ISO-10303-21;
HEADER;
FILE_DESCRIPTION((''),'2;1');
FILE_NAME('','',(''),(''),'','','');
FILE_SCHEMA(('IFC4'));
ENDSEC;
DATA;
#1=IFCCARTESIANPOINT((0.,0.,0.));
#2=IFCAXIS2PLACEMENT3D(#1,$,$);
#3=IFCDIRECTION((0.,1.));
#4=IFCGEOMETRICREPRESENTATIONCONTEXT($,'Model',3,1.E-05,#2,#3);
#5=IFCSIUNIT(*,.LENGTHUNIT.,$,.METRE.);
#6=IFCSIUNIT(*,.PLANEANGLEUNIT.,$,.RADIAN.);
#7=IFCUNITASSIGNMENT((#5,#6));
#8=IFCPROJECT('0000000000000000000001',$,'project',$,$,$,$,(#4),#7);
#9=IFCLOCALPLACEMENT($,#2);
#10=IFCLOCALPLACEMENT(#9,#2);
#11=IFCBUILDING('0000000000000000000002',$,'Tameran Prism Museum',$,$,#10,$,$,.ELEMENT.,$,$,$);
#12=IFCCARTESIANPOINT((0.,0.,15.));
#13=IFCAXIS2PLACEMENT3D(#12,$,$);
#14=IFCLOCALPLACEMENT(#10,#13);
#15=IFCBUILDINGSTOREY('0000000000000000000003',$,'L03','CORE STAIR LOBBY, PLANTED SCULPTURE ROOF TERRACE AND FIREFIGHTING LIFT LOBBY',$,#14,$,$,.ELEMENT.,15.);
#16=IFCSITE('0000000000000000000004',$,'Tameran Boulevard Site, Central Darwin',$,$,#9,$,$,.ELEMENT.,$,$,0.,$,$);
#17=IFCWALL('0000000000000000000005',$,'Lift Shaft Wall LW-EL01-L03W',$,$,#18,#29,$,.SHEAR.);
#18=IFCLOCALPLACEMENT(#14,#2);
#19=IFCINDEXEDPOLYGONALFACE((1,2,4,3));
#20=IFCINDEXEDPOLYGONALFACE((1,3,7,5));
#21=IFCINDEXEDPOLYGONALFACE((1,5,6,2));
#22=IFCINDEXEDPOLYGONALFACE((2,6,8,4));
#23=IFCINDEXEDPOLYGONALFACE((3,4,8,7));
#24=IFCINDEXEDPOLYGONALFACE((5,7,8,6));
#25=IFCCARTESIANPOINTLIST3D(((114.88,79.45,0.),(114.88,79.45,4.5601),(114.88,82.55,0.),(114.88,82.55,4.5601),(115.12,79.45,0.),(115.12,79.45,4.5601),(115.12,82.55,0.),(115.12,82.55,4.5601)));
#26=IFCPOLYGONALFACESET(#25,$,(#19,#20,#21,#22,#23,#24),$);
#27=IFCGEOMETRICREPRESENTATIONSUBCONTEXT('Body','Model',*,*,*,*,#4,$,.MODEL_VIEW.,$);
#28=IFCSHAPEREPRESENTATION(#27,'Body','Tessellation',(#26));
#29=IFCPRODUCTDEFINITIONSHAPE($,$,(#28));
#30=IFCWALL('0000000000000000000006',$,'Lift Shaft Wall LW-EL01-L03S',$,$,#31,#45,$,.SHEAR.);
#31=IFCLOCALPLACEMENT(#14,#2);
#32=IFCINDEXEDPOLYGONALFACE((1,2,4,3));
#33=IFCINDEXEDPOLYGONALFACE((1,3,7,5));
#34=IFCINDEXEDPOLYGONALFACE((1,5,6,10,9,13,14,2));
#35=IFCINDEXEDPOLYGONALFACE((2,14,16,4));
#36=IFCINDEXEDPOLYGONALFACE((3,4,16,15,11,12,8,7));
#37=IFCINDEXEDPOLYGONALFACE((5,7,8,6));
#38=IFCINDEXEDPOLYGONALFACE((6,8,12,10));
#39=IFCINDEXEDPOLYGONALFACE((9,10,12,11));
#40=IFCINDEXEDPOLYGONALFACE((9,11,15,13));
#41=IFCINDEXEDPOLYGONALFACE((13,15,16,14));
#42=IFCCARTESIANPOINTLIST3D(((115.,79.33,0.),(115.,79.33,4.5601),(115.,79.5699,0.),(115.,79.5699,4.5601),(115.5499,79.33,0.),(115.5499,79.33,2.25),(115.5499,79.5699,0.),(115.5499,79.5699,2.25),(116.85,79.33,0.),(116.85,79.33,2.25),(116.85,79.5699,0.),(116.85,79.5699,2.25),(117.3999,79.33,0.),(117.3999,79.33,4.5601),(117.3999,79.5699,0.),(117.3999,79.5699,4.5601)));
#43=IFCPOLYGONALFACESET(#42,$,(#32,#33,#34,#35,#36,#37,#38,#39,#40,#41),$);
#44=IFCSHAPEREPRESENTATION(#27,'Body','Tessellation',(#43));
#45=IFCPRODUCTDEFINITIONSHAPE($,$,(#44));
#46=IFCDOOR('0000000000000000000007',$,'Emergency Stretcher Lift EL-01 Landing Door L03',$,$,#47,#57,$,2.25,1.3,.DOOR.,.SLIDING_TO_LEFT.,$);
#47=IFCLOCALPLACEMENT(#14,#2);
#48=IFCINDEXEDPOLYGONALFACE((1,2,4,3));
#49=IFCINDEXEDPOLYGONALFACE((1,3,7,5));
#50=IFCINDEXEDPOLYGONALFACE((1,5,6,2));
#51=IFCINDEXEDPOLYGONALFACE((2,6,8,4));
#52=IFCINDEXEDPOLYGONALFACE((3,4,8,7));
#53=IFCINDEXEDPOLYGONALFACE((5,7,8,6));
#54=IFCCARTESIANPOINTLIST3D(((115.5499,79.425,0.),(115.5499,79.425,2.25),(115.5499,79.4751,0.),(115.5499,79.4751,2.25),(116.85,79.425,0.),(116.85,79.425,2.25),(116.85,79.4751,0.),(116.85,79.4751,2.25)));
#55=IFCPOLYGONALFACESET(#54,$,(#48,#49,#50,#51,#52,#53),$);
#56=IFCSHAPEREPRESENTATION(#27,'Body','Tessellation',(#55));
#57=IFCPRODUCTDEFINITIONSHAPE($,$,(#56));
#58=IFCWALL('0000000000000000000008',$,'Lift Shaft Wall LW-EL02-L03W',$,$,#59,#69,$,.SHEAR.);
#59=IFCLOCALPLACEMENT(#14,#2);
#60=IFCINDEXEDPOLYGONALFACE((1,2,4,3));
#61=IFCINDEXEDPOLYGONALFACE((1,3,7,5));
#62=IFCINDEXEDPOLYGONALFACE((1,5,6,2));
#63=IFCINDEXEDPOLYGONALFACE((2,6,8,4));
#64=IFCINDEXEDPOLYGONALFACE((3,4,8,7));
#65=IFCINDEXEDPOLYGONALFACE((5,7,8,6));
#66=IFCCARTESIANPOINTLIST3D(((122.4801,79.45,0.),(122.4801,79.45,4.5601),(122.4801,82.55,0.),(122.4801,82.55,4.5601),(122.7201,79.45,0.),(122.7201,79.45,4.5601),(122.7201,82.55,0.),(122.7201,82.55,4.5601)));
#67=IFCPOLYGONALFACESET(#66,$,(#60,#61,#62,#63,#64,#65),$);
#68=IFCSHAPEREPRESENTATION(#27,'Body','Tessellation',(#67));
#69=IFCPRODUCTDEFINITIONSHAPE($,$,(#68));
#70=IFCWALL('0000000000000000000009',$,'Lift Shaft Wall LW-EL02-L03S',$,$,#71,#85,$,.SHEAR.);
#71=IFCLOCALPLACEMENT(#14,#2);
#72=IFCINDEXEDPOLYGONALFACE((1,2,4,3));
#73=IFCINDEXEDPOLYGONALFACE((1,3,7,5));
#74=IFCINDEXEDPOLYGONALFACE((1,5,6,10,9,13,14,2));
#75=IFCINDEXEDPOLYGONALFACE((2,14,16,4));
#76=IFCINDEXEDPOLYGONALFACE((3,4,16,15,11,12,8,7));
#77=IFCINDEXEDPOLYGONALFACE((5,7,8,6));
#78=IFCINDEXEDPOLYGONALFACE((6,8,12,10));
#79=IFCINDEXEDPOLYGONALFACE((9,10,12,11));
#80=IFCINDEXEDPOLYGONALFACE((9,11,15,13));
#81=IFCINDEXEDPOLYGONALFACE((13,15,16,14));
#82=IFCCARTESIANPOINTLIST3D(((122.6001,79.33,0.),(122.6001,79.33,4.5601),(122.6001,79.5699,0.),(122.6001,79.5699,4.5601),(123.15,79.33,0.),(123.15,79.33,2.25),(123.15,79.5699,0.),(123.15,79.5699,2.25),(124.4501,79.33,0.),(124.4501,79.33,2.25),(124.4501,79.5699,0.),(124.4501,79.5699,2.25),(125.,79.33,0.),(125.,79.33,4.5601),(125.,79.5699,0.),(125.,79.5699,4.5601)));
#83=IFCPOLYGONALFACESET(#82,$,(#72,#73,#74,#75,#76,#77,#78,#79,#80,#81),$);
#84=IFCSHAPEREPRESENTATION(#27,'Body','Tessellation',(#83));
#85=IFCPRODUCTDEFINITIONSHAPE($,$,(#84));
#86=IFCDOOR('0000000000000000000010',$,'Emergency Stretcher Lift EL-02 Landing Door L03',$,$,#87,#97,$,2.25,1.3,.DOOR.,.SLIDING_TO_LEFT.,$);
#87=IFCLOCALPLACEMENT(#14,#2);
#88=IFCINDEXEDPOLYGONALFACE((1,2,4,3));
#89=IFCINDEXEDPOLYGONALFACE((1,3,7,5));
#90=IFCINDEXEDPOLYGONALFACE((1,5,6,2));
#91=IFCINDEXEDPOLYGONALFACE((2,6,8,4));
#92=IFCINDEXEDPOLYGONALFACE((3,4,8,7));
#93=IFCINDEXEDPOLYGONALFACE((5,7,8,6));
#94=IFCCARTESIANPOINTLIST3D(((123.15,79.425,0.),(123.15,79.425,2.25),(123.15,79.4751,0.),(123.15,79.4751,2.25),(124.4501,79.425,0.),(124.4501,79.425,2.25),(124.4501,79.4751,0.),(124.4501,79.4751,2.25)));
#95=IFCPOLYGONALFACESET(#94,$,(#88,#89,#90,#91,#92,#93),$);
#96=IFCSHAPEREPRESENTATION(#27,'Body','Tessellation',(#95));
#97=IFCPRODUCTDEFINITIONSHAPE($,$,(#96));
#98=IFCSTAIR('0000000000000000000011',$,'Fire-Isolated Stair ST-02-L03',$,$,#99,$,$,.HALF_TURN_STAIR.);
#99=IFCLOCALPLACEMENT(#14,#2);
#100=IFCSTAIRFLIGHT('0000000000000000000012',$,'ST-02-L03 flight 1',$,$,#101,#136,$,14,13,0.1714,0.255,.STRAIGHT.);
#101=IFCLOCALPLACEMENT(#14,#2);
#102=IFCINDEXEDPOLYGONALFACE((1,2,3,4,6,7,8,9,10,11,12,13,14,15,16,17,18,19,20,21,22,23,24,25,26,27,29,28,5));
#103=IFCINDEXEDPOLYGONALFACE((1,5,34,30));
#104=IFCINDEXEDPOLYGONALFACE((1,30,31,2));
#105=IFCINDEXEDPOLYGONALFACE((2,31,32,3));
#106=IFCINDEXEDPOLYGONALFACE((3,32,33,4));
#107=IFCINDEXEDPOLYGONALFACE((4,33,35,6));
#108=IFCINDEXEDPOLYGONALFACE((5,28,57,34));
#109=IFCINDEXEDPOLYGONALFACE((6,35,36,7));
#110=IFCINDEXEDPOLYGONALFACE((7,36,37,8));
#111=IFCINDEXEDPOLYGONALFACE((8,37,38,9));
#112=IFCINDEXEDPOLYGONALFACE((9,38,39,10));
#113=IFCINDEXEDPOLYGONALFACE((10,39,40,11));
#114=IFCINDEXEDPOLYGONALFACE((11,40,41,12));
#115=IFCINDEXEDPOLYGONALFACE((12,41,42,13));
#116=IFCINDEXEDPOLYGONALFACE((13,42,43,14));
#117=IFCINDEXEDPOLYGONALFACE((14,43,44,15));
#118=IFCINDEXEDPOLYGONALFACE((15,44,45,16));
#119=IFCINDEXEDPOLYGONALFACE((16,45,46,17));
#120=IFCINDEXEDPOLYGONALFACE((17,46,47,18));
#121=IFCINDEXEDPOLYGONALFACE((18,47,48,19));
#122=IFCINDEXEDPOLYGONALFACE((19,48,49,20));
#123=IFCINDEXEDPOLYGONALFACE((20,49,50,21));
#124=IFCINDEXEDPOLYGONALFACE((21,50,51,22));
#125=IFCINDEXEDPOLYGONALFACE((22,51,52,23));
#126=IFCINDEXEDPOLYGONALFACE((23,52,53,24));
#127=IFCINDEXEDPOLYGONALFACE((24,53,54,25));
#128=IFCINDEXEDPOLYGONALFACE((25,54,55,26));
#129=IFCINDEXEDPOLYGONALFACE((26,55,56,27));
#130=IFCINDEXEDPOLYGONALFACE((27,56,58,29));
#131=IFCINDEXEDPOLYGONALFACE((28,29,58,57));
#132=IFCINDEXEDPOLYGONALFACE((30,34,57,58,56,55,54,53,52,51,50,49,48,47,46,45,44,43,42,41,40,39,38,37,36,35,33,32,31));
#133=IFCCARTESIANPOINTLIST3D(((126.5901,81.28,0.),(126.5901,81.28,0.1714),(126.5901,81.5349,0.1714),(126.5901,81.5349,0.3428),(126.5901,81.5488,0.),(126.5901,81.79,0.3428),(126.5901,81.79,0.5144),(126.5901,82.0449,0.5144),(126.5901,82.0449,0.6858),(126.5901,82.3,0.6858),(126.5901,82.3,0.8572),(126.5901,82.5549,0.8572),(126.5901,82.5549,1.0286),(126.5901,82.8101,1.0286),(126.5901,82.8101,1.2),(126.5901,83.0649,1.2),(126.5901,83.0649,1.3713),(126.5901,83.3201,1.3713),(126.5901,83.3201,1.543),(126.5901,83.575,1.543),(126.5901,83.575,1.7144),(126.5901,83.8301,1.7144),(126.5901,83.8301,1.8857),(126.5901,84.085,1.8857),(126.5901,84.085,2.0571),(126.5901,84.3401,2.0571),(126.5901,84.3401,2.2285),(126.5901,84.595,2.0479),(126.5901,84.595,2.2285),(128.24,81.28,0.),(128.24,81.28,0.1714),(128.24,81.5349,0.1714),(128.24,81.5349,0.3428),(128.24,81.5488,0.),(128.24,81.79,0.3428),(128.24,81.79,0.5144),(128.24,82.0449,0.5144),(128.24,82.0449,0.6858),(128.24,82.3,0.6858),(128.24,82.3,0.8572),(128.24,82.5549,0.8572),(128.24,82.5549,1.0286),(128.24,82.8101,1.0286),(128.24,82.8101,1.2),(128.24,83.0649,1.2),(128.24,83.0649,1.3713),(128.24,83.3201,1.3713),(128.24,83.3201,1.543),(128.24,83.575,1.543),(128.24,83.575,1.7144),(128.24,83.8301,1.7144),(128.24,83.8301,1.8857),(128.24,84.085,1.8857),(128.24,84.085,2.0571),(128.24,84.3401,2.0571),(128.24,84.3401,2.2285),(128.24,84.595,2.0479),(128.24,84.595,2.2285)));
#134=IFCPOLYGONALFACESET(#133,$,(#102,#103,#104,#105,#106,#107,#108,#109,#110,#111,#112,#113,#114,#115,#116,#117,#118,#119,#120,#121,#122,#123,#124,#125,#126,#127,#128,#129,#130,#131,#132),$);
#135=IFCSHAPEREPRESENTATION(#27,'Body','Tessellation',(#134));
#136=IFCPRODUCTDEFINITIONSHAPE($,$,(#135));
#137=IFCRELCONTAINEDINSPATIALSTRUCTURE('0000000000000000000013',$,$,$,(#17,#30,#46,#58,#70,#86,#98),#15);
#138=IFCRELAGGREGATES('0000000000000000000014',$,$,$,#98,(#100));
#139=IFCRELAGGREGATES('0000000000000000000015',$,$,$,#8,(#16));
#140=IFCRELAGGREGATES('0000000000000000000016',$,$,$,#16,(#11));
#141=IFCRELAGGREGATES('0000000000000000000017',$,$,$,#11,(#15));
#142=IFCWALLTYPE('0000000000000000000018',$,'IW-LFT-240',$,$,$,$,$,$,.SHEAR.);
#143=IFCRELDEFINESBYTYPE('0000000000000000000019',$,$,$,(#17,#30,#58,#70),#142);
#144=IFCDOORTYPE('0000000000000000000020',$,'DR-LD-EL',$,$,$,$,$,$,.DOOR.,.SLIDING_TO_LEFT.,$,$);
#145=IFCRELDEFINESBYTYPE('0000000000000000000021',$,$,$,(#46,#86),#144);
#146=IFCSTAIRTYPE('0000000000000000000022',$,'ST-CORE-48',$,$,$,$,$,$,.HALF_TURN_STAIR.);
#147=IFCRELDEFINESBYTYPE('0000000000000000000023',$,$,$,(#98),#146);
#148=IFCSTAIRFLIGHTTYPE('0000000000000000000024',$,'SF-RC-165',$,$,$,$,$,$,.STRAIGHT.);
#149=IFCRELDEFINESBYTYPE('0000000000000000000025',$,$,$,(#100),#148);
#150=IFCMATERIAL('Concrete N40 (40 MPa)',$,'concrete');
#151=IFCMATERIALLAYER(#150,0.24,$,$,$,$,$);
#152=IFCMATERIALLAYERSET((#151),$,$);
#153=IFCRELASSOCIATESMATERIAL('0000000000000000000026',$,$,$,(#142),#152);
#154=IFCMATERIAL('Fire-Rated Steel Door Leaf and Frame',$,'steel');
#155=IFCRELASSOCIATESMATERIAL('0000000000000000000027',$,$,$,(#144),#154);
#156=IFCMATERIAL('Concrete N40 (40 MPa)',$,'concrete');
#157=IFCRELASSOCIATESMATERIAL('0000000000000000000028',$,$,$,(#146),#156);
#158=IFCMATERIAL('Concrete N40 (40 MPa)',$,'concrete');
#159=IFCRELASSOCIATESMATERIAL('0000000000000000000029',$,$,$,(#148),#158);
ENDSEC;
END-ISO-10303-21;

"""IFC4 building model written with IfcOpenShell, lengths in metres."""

from ifc_helpers import new_model, si_unit, direction, frame, frame_2d, origin, place, context, subcontext, project, spatial, polyline, rectangle, outline, extrude, material, layer, layer_set, type_object, element, fill, aggregate, save


model = new_model("IFC4")

# Units and contexts
model_context = context("Model", 3, precision=1e-05, world=origin(), true_north=direction((0.0, 1.0)))
body_context = subcontext(model_context, "Body", "Model", "MODEL_VIEW")
ifc_project = project(units=[si_unit("LENGTHUNIT", "METRE"), si_unit("PLANEANGLEUNIT", "RADIAN")], contexts=[model_context])

# Site, building, storey
site_placement = place(None, origin())
site = spatial("IfcSite", under=ifc_project, at=site_placement, Name="Tameran Boulevard Site, Central Darwin", CompositionType="ELEMENT", RefElevation=0.0)
building_placement = place(site_placement, origin())
building = spatial("IfcBuilding", under=site, at=building_placement, Name="Tameran Prism Museum", CompositionType="ELEMENT")
storey_placement = place(building_placement, frame((0.0, 0.0, 15.0)))
storey = spatial("IfcBuildingStorey", under=building, at=storey_placement, Name="L03", Description="CORE STAIR LOBBY, PLANTED SCULPTURE ROOF TERRACE AND FIREFIGHTING LIFT LOBBY", CompositionType="ELEMENT", Elevation=15.0)

# Wall
ifc_material_1 = material(Name="Concrete N40 (40 MPa)", Category="concrete")
ifc_layer_1 = layer(ifc_material_1, 0.24)
ifc_layer_set_1 = layer_set([ifc_layer_1])
wall_type_1 = type_object("IfcWallType", Name="IW-LFT-240", PredefinedType="SHEAR", material=ifc_layer_set_1)
for number, where, z_axis, x_axis, name in (
    (1, (115.0, 79.45, 0.0), (0.0, 0.0, 1.0), (0.0, 1.0, 0.0), "Lift Shaft Wall LW-EL01-L03W"),
):
    element("IfcWall", number, at=place(storey_placement, frame(where, z_axis=z_axis, x_axis=x_axis)), inside=storey, type_object=wall_type_1, Name=name, PredefinedType="SHEAR", context=body_context, shape_type="SweptSolid", body=[
        extrude(rectangle(XDim=3.1001, YDim=0.24, at=frame_2d((1.55, 0.0))), origin(), (0.0, 0.0, 1.0), 4.5601),
    ])

# Wall, opening, door
wall_1_placement = place(storey_placement, frame((117.3999, 79.45, 0.0), z_axis=(0.0, 0.0, 1.0), x_axis=(-1.0, 0.0, 0.0)))
wall_1 = element("IfcWall", 2, at=wall_1_placement, inside=storey, type_object=wall_type_1, Name="Lift Shaft Wall LW-EL01-L03S", PredefinedType="SHEAR", context=body_context, shape_type="SweptSolid", body=[
    extrude(rectangle(XDim=2.3999, YDim=0.24, at=frame_2d((1.2, 0.0))), origin(), (0.0, 0.0, 1.0), 4.5601),
])
opening_1_placement = place(wall_1_placement, frame((0.55, 0.0, 0.0)))
opening_1 = element("IfcOpeningElement", 3, at=opening_1_placement, cuts=wall_1, PredefinedType="OPENING", context=body_context, shape_type="SweptSolid", body=[
    extrude(rectangle(XDim=1.3, YDim=2.25, at=frame_2d((0.6499, 1.125))), frame((0.0, 0.1299, 0.0), z_axis=(0.0, -1.0, 0.0), x_axis=(1.0, 0.0, 0.0)), (0.0, 0.0, 1.0), 0.26),
])
ifc_material_2 = material(Name="Fire-Rated Steel Door Leaf and Frame", Category="steel")
door_type_1 = type_object("IfcDoorType", Name="DR-LD-EL", OperationType="SLIDING_TO_LEFT", PredefinedType="DOOR", material=ifc_material_2)
door_1_placement = place(opening_1_placement, origin())
door_1 = element("IfcDoor", 4, at=door_1_placement, inside=storey, type_object=door_type_1, Name="Emergency Stretcher Lift EL-01 Landing Door L03", OperationType="SLIDING_TO_LEFT", OverallHeight=2.25, OverallWidth=1.3, PredefinedType="DOOR", context=body_context, shape_type="SweptSolid", body=[
    extrude(rectangle(XDim=1.3, YDim=2.25, at=frame_2d((0.6499, 1.125))), frame((0.0, 0.0249, 0.0), z_axis=(0.0, -1.0, 0.0), x_axis=(1.0, 0.0, 0.0)), (0.0, 0.0, 1.0), 0.05),
])
fill(opening_1, door_1)

# Wall
wall_2_placement = place(storey_placement, frame((122.6001, 79.45, 0.0), z_axis=(0.0, 0.0, 1.0), x_axis=(0.0, 1.0, 0.0)))
element("IfcWall", 5, at=wall_2_placement, inside=storey, type_object=wall_type_1, Name="Lift Shaft Wall LW-EL02-L03W", PredefinedType="SHEAR", context=body_context, shape_type="SweptSolid", body=[
    extrude(rectangle(XDim=3.1001, YDim=0.24, at=frame_2d((1.55, 0.0))), origin(), (0.0, 0.0, 1.0), 4.5601),
])

# Wall, opening, door
wall_3_placement = place(storey_placement, frame((125.0, 79.45, 0.0), z_axis=(0.0, 0.0, 1.0), x_axis=(-1.0, 0.0, 0.0)))
wall_3 = element("IfcWall", 6, at=wall_3_placement, inside=storey, type_object=wall_type_1, Name="Lift Shaft Wall LW-EL02-L03S", PredefinedType="SHEAR", context=body_context, shape_type="SweptSolid", body=[
    extrude(rectangle(XDim=2.3999, YDim=0.24, at=frame_2d((1.2, 0.0))), origin(), (0.0, 0.0, 1.0), 4.5601),
])
opening_2_placement = place(wall_3_placement, frame((0.55, 0.0, 0.0)))
opening_2 = element("IfcOpeningElement", 7, at=opening_2_placement, cuts=wall_3, PredefinedType="OPENING", context=body_context, shape_type="SweptSolid", body=[
    extrude(rectangle(XDim=1.3, YDim=2.25, at=frame_2d((0.6499, 1.125))), frame((0.0, 0.1299, 0.0), z_axis=(0.0, -1.0, 0.0), x_axis=(1.0, 0.0, 0.0)), (0.0, 0.0, 1.0), 0.26),
])
door_2_placement = place(opening_2_placement, origin())
door_2 = element("IfcDoor", 8, at=door_2_placement, inside=storey, type_object=door_type_1, Name="Emergency Stretcher Lift EL-02 Landing Door L03", OperationType="SLIDING_TO_LEFT", OverallHeight=2.25, OverallWidth=1.3, PredefinedType="DOOR", context=body_context, shape_type="SweptSolid", body=[
    extrude(rectangle(XDim=1.3, YDim=2.25, at=frame_2d((0.6499, 1.125))), frame((0.0, 0.0249, 0.0), z_axis=(0.0, -1.0, 0.0), x_axis=(1.0, 0.0, 0.0)), (0.0, 0.0, 1.0), 0.05),
])
fill(opening_2, door_2)

# Stair, stair flight
ifc_material_3 = material(Name="Concrete N40 (40 MPa)", Category="concrete")
stair_type = type_object("IfcStairType", Name="ST-CORE-48", PredefinedType="HALF_TURN_STAIR", material=ifc_material_3)
stair_placement = place(storey_placement, origin())
stair = element("IfcStair", 9, at=stair_placement, inside=storey, type_object=stair_type, Name="Fire-Isolated Stair ST-02-L03", PredefinedType="HALF_TURN_STAIR")
ifc_material_4 = material(Name="Concrete N40 (40 MPa)", Category="concrete")
stair_flight_type = type_object("IfcStairFlightType", Name="SF-RC-165", PredefinedType="STRAIGHT", material=ifc_material_4)
stair_flight_placement = place(storey_placement, frame((127.415, 81.28, 0.0), z_axis=(0.0, 0.0, 1.0), x_axis=(0.0, 1.0, 0.0)))
stair_flight = element("IfcStairFlight", 10, at=stair_flight_placement, type_object=stair_flight_type, Name="ST-02-L03 flight 1", NumberOfRisers=14, NumberOfTreads=13, PredefinedType="STRAIGHT", RiserHeight=0.1714, TreadLength=0.255, context=body_context, shape_type="SweptSolid", body=[
    extrude(outline(polyline([(0.0, 0.0), (0.0, 0.1714), (0.2549, 0.1714), (0.2549, 0.3428), (0.51, 0.3428), (0.51, 0.5144), (0.7649, 0.5144), (0.7649, 0.6858), (1.02, 0.6858), (1.02, 0.8572), (1.2749, 0.8572), (1.2749, 1.0286), (1.53, 1.0286), (1.53, 1.2), (1.7849, 1.2), (1.7849, 1.3713), (2.04, 1.3713), (2.04, 1.543), (2.2949, 1.543), (2.2949, 1.7144), (2.55, 1.7144), (2.55, 1.8857), (2.8049, 1.8857), (2.8049, 2.0571), (3.0601, 2.0571), (3.0601, 2.2285), (3.3149, 2.2285), (3.3149, 2.3999), (3.3149, 2.0479), (0.2688, 0.0), (0.0, 0.0)])), frame((0.0, 0.825, 0.0), z_axis=(0.0, -1.0, 0.0), x_axis=(1.0, 0.0, 0.0)), (0.0, 0.0, 1.0), 1.6499),
])
aggregate(stair, [stair_flight])

save(model, "model.ifc")
